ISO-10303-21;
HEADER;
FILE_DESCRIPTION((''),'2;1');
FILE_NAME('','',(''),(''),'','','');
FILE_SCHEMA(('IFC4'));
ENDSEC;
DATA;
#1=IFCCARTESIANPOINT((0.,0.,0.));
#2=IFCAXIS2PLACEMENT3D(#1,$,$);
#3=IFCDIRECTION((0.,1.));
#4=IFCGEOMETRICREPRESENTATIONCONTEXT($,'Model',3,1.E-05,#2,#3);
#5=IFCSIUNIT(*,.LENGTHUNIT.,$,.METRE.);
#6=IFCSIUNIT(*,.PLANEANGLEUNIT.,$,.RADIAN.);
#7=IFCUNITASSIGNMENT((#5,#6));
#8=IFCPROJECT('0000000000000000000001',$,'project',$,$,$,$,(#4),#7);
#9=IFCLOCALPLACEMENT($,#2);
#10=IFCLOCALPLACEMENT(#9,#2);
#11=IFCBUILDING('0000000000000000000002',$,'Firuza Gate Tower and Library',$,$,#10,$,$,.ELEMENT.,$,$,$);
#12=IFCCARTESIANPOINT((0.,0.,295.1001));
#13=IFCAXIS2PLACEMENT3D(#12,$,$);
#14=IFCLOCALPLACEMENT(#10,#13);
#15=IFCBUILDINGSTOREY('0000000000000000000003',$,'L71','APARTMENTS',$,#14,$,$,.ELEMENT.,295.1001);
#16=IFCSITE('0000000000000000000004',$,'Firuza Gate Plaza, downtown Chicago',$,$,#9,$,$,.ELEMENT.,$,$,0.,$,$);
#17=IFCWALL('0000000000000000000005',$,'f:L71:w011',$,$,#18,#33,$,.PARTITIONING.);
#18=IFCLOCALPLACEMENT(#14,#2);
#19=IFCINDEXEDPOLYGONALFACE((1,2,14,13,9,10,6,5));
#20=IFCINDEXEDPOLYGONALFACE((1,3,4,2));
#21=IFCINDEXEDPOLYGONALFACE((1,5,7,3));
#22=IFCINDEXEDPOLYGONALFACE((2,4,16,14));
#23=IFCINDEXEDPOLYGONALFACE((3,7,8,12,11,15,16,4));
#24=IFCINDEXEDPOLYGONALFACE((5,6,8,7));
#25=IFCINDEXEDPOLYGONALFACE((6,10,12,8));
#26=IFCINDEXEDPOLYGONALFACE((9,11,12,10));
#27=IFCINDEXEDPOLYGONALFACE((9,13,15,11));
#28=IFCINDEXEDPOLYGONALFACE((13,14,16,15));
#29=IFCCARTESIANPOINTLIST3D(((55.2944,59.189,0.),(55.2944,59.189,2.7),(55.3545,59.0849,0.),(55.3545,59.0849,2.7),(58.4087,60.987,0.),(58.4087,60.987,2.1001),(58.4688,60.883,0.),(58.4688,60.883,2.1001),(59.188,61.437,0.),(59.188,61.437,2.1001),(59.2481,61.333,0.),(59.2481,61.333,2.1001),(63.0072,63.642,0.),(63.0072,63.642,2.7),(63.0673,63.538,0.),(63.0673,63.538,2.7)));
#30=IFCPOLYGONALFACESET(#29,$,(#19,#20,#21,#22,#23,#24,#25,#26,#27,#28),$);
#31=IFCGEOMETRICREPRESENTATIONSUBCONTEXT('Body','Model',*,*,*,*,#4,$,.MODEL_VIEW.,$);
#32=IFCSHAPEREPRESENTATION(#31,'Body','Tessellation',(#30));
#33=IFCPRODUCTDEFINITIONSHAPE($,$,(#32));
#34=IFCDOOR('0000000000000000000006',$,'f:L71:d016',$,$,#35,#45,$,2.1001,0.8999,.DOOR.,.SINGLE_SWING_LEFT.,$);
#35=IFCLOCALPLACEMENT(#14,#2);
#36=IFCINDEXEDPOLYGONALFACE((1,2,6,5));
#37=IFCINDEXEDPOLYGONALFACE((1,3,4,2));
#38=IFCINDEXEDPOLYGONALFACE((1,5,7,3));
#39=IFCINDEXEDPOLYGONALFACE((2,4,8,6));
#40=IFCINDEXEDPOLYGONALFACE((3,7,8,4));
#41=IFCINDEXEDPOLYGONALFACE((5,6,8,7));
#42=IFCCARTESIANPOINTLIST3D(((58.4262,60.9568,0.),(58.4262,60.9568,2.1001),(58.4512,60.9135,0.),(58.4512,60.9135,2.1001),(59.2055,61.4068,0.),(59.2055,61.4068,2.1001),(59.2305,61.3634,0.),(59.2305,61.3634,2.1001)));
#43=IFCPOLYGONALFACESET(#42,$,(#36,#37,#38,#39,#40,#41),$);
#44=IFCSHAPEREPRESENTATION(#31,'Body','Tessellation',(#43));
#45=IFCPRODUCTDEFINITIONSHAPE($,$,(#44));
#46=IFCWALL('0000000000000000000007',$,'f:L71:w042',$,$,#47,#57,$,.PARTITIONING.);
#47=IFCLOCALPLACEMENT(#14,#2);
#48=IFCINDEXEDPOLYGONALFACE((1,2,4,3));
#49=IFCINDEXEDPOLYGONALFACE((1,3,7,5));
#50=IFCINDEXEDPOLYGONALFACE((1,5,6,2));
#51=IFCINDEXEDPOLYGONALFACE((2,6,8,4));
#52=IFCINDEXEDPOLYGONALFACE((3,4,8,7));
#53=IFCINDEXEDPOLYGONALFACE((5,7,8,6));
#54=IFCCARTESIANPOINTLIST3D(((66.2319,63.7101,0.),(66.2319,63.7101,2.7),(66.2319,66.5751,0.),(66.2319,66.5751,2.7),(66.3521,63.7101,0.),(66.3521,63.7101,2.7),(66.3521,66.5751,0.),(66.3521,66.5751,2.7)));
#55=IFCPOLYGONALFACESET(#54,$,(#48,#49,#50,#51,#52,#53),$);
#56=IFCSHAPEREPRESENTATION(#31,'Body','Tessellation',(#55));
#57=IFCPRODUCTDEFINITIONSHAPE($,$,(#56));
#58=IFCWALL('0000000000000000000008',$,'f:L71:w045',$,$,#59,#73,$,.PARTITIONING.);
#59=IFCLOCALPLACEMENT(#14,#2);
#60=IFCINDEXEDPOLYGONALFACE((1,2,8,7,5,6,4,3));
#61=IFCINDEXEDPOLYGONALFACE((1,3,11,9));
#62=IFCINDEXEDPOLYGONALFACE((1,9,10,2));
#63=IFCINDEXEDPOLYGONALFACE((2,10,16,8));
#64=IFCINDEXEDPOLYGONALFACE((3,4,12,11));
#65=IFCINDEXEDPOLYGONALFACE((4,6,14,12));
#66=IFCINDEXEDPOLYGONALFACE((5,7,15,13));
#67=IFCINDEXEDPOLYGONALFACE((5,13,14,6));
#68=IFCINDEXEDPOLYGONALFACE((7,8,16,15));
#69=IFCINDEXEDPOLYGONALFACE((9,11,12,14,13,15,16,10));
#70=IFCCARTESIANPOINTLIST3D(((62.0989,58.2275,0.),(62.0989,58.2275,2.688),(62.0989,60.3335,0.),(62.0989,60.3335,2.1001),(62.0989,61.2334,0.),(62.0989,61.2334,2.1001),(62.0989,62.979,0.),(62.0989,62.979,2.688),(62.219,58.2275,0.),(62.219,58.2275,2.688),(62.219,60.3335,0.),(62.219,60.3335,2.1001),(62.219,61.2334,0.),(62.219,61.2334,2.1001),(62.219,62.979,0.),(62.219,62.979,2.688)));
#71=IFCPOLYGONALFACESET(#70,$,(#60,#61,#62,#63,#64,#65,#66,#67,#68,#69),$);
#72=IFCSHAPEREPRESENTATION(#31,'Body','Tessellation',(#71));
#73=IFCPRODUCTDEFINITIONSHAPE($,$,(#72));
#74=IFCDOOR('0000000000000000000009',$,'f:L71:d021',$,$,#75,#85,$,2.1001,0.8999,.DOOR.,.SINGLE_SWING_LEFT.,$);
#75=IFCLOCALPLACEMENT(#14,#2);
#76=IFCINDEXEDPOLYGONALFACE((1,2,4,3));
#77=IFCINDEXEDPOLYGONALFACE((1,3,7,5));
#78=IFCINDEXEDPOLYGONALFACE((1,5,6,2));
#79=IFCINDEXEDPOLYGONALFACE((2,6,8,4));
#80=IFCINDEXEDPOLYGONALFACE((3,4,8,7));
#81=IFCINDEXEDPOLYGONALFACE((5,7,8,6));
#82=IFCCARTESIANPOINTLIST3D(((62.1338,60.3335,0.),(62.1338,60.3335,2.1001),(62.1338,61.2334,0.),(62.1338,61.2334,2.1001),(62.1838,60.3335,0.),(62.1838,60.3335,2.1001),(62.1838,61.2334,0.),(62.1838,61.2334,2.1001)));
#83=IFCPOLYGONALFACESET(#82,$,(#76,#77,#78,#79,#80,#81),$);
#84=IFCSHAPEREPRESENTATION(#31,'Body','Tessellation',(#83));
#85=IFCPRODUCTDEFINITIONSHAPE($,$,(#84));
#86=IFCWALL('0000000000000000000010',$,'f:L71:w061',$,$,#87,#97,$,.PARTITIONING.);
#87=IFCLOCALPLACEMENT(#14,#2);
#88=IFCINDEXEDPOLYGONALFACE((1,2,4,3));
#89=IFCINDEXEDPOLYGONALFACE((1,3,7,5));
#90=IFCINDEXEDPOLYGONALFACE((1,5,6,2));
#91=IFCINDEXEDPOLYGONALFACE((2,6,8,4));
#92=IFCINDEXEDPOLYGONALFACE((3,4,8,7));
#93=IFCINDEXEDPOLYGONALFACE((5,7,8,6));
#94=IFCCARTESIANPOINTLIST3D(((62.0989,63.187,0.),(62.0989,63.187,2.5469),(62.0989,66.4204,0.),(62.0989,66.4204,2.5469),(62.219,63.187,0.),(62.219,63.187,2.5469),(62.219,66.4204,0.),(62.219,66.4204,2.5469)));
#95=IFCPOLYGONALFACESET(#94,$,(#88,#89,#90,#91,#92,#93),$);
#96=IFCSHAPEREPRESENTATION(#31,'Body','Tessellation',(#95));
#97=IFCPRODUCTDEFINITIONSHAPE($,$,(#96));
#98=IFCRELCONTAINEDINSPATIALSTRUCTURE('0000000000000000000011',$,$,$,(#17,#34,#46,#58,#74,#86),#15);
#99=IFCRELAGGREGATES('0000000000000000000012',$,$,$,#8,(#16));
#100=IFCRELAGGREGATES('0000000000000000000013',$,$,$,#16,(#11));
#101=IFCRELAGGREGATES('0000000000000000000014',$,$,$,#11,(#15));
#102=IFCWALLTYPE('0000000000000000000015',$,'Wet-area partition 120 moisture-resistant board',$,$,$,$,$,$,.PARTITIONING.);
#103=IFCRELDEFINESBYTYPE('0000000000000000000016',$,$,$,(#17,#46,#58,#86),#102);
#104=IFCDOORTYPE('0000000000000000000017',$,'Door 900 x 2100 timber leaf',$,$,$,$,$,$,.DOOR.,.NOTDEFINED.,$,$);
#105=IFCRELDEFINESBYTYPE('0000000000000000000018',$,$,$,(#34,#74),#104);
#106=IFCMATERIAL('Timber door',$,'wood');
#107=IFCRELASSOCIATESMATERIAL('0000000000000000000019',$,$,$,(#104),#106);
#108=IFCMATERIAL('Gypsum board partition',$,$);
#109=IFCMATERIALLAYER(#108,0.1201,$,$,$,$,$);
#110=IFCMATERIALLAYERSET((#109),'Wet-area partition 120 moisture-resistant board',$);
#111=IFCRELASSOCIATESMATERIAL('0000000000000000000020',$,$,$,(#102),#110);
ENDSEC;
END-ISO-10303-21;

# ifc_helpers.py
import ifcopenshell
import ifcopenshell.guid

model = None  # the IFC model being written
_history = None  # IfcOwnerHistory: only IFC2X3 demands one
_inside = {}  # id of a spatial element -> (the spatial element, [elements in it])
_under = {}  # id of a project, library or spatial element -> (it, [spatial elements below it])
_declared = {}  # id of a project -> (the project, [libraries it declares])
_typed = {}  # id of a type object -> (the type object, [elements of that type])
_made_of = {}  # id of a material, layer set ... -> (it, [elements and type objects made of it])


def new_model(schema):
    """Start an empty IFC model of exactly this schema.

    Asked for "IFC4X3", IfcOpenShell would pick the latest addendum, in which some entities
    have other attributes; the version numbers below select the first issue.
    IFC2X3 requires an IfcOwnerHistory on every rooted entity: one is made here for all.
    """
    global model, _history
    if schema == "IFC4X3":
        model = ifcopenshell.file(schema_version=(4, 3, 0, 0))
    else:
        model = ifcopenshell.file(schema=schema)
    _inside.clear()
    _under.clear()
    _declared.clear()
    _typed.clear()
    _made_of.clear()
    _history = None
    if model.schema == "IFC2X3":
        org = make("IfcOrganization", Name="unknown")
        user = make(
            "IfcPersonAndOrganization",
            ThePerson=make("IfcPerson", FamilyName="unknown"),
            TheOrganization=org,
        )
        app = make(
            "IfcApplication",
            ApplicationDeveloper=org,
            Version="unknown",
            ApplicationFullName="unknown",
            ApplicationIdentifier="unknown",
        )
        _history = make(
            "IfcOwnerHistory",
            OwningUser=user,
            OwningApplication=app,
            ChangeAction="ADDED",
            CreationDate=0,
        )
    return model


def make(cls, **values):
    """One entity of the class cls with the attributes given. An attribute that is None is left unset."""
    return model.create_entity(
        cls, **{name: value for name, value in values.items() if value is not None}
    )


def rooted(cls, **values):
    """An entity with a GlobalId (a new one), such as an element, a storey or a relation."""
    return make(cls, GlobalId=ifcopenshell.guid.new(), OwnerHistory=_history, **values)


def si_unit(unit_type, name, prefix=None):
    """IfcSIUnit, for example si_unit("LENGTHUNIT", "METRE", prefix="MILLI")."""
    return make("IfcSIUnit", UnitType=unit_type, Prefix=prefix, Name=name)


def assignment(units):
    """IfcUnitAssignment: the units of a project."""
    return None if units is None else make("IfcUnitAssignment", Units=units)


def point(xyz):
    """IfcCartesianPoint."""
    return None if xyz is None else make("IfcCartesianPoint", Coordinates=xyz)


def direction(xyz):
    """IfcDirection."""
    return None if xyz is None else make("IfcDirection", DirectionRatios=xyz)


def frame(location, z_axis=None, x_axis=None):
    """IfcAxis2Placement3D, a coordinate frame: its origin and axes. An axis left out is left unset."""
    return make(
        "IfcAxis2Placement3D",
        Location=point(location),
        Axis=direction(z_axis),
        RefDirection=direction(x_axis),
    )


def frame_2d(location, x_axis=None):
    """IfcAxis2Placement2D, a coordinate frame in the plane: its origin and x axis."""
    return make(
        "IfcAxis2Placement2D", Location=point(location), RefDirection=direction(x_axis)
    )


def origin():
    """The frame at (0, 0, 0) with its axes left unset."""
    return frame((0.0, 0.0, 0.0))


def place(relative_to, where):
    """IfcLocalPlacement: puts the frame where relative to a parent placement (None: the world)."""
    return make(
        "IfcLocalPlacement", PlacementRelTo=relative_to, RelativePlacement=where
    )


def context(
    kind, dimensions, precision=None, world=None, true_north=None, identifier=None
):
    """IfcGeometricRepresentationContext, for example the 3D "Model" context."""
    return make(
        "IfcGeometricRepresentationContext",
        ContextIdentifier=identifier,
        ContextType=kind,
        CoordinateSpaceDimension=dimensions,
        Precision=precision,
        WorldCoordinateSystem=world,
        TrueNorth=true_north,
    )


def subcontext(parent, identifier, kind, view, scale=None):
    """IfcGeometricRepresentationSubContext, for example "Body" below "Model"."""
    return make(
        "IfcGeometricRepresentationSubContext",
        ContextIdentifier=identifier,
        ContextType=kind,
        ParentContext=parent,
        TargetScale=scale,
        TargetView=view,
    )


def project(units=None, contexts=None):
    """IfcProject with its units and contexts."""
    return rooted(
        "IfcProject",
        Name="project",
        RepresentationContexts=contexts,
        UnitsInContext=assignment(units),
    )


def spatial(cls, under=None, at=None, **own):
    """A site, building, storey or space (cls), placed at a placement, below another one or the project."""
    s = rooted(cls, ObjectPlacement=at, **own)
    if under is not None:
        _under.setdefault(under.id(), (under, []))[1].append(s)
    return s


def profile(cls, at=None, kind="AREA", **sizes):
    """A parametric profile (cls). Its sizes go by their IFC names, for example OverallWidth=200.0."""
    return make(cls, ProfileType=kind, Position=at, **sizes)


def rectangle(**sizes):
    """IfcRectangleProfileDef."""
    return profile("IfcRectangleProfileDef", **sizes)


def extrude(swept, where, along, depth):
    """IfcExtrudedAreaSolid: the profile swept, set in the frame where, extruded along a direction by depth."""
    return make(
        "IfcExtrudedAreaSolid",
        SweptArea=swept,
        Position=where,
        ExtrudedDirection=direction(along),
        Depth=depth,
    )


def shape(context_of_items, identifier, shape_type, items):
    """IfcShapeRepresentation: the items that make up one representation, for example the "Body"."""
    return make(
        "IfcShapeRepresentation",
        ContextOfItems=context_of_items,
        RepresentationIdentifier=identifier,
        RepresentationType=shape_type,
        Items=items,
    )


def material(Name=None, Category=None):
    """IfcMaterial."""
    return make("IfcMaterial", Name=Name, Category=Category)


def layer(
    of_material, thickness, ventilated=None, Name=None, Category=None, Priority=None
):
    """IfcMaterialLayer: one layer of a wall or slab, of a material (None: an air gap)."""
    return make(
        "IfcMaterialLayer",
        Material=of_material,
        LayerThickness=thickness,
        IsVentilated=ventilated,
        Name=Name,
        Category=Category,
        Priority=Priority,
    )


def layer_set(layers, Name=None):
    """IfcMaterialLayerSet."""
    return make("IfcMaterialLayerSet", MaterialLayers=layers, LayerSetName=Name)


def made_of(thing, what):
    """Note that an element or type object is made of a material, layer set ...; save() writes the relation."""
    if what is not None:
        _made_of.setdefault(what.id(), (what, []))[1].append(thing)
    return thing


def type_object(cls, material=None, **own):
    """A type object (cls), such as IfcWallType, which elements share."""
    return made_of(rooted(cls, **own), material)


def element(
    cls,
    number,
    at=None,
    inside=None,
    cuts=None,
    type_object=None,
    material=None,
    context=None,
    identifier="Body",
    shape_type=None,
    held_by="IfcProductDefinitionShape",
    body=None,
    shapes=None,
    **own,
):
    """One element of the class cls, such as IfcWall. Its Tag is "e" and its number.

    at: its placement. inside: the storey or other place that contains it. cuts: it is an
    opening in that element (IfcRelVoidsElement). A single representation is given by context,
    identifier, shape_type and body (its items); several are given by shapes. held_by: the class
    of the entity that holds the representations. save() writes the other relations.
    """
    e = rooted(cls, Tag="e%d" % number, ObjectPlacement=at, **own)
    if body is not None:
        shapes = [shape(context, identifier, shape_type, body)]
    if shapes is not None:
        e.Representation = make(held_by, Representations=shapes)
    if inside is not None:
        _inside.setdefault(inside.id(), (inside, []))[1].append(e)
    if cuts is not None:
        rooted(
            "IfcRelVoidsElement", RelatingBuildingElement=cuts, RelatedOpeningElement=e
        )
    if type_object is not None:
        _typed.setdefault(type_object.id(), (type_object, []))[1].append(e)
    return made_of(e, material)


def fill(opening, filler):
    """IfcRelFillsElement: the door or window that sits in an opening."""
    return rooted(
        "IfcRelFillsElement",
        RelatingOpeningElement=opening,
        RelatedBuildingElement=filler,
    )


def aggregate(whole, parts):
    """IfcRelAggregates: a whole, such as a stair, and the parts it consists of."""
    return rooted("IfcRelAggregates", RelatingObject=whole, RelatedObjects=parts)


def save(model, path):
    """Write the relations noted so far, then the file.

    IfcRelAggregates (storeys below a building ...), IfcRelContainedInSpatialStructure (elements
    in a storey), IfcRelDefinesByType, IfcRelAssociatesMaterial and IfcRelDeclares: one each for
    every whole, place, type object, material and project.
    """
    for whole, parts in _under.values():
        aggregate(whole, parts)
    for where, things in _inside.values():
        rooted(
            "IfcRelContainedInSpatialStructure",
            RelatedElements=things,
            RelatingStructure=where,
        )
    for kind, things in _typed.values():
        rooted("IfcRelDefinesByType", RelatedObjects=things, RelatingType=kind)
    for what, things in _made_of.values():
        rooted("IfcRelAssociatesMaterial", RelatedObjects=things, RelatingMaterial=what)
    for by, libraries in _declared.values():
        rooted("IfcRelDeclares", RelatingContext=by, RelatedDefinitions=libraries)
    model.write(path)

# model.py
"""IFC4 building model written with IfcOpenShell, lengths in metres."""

from ifc_helpers import new_model, si_unit, direction, frame, frame_2d, origin, place, context, subcontext, project, spatial, rectangle, extrude, material, layer, layer_set, type_object, element, fill, save


model = new_model("IFC4")

# Units and contexts
model_context = context("Model", 3, precision=1e-05, world=origin(), true_north=direction((0.0, 1.0)))
body_context = subcontext(model_context, "Body", "Model", "MODEL_VIEW")
ifc_project = project(units=[si_unit("LENGTHUNIT", "METRE"), si_unit("PLANEANGLEUNIT", "RADIAN")], contexts=[model_context])

# Site, building, storey
site_placement = place(None, origin())
site = spatial("IfcSite", under=ifc_project, at=site_placement, Name="Firuza Gate Plaza, downtown Chicago", CompositionType="ELEMENT", RefElevation=0.0)
building_placement = place(site_placement, origin())
building = spatial("IfcBuilding", under=site, at=building_placement, Name="Firuza Gate Tower and Library", CompositionType="ELEMENT")
storey_placement = place(building_placement, frame((0.0, 0.0, 295.1001)))
storey = spatial("IfcBuildingStorey", under=building, at=storey_placement, Name="L71", Description="APARTMENTS", CompositionType="ELEMENT", Elevation=295.1001)

# Shared definitions
ifc_material_1 = material(Name="Timber door", Category="wood")
door_type_1 = type_object("IfcDoorType", Name="Door 900 x 2100 timber leaf", OperationType="NOTDEFINED", PredefinedType="DOOR", material=ifc_material_1)

# Shared definitions
ifc_material_2 = material(Name="Gypsum board partition")
ifc_layer_1 = layer(ifc_material_2, 0.1201)
ifc_layer_set_1 = layer_set([ifc_layer_1], Name="Wet-area partition 120 moisture-resistant board")
wall_type_1 = type_object("IfcWallType", Name="Wet-area partition 120 moisture-resistant board", PredefinedType="PARTITIONING", material=ifc_layer_set_1)

# Wall, opening, door
wall_1_placement = place(storey_placement, frame((63.0374, 63.5901, 0.0), z_axis=(0.0, 0.0, 1.0), x_axis=(-0.866021, -0.500007, 0.0)))
wall_1 = element("IfcWall", 1, at=wall_1_placement, inside=storey, type_object=wall_type_1, Name="f:L71:w011", PredefinedType="PARTITIONING", context=body_context, shape_type="SweptSolid", body=[
    extrude(rectangle(XDim=8.906, YDim=0.1201, at=frame_2d((4.4531, 0.0))), origin(), (0.0, 0.0, 1.0), 2.7),
])
opening_1_placement = place(wall_1_placement, frame((4.4102, 0.0, 0.0)))
opening_1 = element("IfcOpeningElement", 2, at=opening_1_placement, cuts=wall_1, PredefinedType="OPENING", context=body_context, shape_type="SweptSolid", body=[
    extrude(rectangle(XDim=0.8999, YDim=2.1001, at=frame_2d((0.45, 1.05))), frame((0.0, 0.0701, 0.0), z_axis=(0.0, -1.0, 0.0), x_axis=(1.0, 0.0, 0.0)), (0.0, 0.0, 1.0), 0.1401),
])
door_1_placement = place(opening_1_placement, origin())
door_1 = element("IfcDoor", 3, at=door_1_placement, inside=storey, type_object=door_type_1, Name="f:L71:d016", OperationType="SINGLE_SWING_LEFT", OverallHeight=2.1001, OverallWidth=0.8999, PredefinedType="DOOR", context=body_context, shape_type="SweptSolid", body=[
    extrude(rectangle(XDim=0.8999, YDim=2.1001, at=frame_2d((0.45, 1.05))), frame((0.0, 0.0249, 0.0), z_axis=(0.0, -1.0, 0.0), x_axis=(1.0, 0.0, 0.0)), (0.0, 0.0, 1.0), 0.05),
])
fill(opening_1, door_1)

# Wall
wall_2_placement = place(storey_placement, frame((66.292, 63.71, 0.0), z_axis=(0.0, 0.0, 1.0), x_axis=(0.0, 1.0, 0.0)))
element("IfcWall", 4, at=wall_2_placement, inside=storey, type_object=wall_type_1, Name="f:L71:w042", PredefinedType="PARTITIONING", context=body_context, shape_type="SweptSolid", body=[
    extrude(rectangle(XDim=2.865, YDim=0.1201, at=frame_2d((1.4326, 0.0))), origin(), (0.0, 0.0, 1.0), 2.7),
])

# Wall, opening, door
wall_3_placement = place(storey_placement, frame((62.1589, 62.979, 0.0), z_axis=(0.0, 0.0, 1.0), x_axis=(0.0, -1.0, 0.0)))
wall_3 = element("IfcWall", 5, at=wall_3_placement, inside=storey, type_object=wall_type_1, Name="f:L71:w045", PredefinedType="PARTITIONING", context=body_context, shape_type="SweptSolid", body=[
    extrude(rectangle(XDim=4.7515, YDim=0.1201, at=frame_2d((2.3757, 0.0))), origin(), (0.0, 0.0, 1.0), 2.688),
])
opening_2_placement = place(wall_3_placement, frame((1.7456, 0.0, 0.0)))
opening_2 = element("IfcOpeningElement", 6, at=opening_2_placement, cuts=wall_3, PredefinedType="OPENING", context=body_context, shape_type="SweptSolid", body=[
    extrude(rectangle(XDim=0.8999, YDim=2.1001, at=frame_2d((0.45, 1.05))), frame((0.0, 0.0701, 0.0), z_axis=(0.0, -1.0, 0.0), x_axis=(1.0, 0.0, 0.0)), (0.0, 0.0, 1.0), 0.1401),
])
door_2_placement = place(opening_2_placement, origin())
door_2 = element("IfcDoor", 7, at=door_2_placement, inside=storey, type_object=door_type_1, Name="f:L71:d021", OperationType="SINGLE_SWING_LEFT", OverallHeight=2.1001, OverallWidth=0.8999, PredefinedType="DOOR", context=body_context, shape_type="SweptSolid", body=[
    extrude(rectangle(XDim=0.8999, YDim=2.1001, at=frame_2d((0.45, 1.05))), frame((0.0, 0.0249, 0.0), z_axis=(0.0, -1.0, 0.0), x_axis=(1.0, 0.0, 0.0)), (0.0, 0.0, 1.0), 0.05),
])
fill(opening_2, door_2)

# Wall
wall_4_placement = place(storey_placement, frame((62.1589, 63.187, 0.0), z_axis=(0.0, 0.0, 1.0), x_axis=(0.0, 1.0, 0.0)))
element("IfcWall", 8, at=wall_4_placement, inside=storey, type_object=wall_type_1, Name="f:L71:w061", PredefinedType="PARTITIONING", context=body_context, shape_type="SweptSolid", body=[
    extrude(rectangle(XDim=3.2334, YDim=0.1201, at=frame_2d((1.6167, 0.0))), origin(), (0.0, 0.0, 1.0), 2.5469),
])

save(model, "model.ifc")
